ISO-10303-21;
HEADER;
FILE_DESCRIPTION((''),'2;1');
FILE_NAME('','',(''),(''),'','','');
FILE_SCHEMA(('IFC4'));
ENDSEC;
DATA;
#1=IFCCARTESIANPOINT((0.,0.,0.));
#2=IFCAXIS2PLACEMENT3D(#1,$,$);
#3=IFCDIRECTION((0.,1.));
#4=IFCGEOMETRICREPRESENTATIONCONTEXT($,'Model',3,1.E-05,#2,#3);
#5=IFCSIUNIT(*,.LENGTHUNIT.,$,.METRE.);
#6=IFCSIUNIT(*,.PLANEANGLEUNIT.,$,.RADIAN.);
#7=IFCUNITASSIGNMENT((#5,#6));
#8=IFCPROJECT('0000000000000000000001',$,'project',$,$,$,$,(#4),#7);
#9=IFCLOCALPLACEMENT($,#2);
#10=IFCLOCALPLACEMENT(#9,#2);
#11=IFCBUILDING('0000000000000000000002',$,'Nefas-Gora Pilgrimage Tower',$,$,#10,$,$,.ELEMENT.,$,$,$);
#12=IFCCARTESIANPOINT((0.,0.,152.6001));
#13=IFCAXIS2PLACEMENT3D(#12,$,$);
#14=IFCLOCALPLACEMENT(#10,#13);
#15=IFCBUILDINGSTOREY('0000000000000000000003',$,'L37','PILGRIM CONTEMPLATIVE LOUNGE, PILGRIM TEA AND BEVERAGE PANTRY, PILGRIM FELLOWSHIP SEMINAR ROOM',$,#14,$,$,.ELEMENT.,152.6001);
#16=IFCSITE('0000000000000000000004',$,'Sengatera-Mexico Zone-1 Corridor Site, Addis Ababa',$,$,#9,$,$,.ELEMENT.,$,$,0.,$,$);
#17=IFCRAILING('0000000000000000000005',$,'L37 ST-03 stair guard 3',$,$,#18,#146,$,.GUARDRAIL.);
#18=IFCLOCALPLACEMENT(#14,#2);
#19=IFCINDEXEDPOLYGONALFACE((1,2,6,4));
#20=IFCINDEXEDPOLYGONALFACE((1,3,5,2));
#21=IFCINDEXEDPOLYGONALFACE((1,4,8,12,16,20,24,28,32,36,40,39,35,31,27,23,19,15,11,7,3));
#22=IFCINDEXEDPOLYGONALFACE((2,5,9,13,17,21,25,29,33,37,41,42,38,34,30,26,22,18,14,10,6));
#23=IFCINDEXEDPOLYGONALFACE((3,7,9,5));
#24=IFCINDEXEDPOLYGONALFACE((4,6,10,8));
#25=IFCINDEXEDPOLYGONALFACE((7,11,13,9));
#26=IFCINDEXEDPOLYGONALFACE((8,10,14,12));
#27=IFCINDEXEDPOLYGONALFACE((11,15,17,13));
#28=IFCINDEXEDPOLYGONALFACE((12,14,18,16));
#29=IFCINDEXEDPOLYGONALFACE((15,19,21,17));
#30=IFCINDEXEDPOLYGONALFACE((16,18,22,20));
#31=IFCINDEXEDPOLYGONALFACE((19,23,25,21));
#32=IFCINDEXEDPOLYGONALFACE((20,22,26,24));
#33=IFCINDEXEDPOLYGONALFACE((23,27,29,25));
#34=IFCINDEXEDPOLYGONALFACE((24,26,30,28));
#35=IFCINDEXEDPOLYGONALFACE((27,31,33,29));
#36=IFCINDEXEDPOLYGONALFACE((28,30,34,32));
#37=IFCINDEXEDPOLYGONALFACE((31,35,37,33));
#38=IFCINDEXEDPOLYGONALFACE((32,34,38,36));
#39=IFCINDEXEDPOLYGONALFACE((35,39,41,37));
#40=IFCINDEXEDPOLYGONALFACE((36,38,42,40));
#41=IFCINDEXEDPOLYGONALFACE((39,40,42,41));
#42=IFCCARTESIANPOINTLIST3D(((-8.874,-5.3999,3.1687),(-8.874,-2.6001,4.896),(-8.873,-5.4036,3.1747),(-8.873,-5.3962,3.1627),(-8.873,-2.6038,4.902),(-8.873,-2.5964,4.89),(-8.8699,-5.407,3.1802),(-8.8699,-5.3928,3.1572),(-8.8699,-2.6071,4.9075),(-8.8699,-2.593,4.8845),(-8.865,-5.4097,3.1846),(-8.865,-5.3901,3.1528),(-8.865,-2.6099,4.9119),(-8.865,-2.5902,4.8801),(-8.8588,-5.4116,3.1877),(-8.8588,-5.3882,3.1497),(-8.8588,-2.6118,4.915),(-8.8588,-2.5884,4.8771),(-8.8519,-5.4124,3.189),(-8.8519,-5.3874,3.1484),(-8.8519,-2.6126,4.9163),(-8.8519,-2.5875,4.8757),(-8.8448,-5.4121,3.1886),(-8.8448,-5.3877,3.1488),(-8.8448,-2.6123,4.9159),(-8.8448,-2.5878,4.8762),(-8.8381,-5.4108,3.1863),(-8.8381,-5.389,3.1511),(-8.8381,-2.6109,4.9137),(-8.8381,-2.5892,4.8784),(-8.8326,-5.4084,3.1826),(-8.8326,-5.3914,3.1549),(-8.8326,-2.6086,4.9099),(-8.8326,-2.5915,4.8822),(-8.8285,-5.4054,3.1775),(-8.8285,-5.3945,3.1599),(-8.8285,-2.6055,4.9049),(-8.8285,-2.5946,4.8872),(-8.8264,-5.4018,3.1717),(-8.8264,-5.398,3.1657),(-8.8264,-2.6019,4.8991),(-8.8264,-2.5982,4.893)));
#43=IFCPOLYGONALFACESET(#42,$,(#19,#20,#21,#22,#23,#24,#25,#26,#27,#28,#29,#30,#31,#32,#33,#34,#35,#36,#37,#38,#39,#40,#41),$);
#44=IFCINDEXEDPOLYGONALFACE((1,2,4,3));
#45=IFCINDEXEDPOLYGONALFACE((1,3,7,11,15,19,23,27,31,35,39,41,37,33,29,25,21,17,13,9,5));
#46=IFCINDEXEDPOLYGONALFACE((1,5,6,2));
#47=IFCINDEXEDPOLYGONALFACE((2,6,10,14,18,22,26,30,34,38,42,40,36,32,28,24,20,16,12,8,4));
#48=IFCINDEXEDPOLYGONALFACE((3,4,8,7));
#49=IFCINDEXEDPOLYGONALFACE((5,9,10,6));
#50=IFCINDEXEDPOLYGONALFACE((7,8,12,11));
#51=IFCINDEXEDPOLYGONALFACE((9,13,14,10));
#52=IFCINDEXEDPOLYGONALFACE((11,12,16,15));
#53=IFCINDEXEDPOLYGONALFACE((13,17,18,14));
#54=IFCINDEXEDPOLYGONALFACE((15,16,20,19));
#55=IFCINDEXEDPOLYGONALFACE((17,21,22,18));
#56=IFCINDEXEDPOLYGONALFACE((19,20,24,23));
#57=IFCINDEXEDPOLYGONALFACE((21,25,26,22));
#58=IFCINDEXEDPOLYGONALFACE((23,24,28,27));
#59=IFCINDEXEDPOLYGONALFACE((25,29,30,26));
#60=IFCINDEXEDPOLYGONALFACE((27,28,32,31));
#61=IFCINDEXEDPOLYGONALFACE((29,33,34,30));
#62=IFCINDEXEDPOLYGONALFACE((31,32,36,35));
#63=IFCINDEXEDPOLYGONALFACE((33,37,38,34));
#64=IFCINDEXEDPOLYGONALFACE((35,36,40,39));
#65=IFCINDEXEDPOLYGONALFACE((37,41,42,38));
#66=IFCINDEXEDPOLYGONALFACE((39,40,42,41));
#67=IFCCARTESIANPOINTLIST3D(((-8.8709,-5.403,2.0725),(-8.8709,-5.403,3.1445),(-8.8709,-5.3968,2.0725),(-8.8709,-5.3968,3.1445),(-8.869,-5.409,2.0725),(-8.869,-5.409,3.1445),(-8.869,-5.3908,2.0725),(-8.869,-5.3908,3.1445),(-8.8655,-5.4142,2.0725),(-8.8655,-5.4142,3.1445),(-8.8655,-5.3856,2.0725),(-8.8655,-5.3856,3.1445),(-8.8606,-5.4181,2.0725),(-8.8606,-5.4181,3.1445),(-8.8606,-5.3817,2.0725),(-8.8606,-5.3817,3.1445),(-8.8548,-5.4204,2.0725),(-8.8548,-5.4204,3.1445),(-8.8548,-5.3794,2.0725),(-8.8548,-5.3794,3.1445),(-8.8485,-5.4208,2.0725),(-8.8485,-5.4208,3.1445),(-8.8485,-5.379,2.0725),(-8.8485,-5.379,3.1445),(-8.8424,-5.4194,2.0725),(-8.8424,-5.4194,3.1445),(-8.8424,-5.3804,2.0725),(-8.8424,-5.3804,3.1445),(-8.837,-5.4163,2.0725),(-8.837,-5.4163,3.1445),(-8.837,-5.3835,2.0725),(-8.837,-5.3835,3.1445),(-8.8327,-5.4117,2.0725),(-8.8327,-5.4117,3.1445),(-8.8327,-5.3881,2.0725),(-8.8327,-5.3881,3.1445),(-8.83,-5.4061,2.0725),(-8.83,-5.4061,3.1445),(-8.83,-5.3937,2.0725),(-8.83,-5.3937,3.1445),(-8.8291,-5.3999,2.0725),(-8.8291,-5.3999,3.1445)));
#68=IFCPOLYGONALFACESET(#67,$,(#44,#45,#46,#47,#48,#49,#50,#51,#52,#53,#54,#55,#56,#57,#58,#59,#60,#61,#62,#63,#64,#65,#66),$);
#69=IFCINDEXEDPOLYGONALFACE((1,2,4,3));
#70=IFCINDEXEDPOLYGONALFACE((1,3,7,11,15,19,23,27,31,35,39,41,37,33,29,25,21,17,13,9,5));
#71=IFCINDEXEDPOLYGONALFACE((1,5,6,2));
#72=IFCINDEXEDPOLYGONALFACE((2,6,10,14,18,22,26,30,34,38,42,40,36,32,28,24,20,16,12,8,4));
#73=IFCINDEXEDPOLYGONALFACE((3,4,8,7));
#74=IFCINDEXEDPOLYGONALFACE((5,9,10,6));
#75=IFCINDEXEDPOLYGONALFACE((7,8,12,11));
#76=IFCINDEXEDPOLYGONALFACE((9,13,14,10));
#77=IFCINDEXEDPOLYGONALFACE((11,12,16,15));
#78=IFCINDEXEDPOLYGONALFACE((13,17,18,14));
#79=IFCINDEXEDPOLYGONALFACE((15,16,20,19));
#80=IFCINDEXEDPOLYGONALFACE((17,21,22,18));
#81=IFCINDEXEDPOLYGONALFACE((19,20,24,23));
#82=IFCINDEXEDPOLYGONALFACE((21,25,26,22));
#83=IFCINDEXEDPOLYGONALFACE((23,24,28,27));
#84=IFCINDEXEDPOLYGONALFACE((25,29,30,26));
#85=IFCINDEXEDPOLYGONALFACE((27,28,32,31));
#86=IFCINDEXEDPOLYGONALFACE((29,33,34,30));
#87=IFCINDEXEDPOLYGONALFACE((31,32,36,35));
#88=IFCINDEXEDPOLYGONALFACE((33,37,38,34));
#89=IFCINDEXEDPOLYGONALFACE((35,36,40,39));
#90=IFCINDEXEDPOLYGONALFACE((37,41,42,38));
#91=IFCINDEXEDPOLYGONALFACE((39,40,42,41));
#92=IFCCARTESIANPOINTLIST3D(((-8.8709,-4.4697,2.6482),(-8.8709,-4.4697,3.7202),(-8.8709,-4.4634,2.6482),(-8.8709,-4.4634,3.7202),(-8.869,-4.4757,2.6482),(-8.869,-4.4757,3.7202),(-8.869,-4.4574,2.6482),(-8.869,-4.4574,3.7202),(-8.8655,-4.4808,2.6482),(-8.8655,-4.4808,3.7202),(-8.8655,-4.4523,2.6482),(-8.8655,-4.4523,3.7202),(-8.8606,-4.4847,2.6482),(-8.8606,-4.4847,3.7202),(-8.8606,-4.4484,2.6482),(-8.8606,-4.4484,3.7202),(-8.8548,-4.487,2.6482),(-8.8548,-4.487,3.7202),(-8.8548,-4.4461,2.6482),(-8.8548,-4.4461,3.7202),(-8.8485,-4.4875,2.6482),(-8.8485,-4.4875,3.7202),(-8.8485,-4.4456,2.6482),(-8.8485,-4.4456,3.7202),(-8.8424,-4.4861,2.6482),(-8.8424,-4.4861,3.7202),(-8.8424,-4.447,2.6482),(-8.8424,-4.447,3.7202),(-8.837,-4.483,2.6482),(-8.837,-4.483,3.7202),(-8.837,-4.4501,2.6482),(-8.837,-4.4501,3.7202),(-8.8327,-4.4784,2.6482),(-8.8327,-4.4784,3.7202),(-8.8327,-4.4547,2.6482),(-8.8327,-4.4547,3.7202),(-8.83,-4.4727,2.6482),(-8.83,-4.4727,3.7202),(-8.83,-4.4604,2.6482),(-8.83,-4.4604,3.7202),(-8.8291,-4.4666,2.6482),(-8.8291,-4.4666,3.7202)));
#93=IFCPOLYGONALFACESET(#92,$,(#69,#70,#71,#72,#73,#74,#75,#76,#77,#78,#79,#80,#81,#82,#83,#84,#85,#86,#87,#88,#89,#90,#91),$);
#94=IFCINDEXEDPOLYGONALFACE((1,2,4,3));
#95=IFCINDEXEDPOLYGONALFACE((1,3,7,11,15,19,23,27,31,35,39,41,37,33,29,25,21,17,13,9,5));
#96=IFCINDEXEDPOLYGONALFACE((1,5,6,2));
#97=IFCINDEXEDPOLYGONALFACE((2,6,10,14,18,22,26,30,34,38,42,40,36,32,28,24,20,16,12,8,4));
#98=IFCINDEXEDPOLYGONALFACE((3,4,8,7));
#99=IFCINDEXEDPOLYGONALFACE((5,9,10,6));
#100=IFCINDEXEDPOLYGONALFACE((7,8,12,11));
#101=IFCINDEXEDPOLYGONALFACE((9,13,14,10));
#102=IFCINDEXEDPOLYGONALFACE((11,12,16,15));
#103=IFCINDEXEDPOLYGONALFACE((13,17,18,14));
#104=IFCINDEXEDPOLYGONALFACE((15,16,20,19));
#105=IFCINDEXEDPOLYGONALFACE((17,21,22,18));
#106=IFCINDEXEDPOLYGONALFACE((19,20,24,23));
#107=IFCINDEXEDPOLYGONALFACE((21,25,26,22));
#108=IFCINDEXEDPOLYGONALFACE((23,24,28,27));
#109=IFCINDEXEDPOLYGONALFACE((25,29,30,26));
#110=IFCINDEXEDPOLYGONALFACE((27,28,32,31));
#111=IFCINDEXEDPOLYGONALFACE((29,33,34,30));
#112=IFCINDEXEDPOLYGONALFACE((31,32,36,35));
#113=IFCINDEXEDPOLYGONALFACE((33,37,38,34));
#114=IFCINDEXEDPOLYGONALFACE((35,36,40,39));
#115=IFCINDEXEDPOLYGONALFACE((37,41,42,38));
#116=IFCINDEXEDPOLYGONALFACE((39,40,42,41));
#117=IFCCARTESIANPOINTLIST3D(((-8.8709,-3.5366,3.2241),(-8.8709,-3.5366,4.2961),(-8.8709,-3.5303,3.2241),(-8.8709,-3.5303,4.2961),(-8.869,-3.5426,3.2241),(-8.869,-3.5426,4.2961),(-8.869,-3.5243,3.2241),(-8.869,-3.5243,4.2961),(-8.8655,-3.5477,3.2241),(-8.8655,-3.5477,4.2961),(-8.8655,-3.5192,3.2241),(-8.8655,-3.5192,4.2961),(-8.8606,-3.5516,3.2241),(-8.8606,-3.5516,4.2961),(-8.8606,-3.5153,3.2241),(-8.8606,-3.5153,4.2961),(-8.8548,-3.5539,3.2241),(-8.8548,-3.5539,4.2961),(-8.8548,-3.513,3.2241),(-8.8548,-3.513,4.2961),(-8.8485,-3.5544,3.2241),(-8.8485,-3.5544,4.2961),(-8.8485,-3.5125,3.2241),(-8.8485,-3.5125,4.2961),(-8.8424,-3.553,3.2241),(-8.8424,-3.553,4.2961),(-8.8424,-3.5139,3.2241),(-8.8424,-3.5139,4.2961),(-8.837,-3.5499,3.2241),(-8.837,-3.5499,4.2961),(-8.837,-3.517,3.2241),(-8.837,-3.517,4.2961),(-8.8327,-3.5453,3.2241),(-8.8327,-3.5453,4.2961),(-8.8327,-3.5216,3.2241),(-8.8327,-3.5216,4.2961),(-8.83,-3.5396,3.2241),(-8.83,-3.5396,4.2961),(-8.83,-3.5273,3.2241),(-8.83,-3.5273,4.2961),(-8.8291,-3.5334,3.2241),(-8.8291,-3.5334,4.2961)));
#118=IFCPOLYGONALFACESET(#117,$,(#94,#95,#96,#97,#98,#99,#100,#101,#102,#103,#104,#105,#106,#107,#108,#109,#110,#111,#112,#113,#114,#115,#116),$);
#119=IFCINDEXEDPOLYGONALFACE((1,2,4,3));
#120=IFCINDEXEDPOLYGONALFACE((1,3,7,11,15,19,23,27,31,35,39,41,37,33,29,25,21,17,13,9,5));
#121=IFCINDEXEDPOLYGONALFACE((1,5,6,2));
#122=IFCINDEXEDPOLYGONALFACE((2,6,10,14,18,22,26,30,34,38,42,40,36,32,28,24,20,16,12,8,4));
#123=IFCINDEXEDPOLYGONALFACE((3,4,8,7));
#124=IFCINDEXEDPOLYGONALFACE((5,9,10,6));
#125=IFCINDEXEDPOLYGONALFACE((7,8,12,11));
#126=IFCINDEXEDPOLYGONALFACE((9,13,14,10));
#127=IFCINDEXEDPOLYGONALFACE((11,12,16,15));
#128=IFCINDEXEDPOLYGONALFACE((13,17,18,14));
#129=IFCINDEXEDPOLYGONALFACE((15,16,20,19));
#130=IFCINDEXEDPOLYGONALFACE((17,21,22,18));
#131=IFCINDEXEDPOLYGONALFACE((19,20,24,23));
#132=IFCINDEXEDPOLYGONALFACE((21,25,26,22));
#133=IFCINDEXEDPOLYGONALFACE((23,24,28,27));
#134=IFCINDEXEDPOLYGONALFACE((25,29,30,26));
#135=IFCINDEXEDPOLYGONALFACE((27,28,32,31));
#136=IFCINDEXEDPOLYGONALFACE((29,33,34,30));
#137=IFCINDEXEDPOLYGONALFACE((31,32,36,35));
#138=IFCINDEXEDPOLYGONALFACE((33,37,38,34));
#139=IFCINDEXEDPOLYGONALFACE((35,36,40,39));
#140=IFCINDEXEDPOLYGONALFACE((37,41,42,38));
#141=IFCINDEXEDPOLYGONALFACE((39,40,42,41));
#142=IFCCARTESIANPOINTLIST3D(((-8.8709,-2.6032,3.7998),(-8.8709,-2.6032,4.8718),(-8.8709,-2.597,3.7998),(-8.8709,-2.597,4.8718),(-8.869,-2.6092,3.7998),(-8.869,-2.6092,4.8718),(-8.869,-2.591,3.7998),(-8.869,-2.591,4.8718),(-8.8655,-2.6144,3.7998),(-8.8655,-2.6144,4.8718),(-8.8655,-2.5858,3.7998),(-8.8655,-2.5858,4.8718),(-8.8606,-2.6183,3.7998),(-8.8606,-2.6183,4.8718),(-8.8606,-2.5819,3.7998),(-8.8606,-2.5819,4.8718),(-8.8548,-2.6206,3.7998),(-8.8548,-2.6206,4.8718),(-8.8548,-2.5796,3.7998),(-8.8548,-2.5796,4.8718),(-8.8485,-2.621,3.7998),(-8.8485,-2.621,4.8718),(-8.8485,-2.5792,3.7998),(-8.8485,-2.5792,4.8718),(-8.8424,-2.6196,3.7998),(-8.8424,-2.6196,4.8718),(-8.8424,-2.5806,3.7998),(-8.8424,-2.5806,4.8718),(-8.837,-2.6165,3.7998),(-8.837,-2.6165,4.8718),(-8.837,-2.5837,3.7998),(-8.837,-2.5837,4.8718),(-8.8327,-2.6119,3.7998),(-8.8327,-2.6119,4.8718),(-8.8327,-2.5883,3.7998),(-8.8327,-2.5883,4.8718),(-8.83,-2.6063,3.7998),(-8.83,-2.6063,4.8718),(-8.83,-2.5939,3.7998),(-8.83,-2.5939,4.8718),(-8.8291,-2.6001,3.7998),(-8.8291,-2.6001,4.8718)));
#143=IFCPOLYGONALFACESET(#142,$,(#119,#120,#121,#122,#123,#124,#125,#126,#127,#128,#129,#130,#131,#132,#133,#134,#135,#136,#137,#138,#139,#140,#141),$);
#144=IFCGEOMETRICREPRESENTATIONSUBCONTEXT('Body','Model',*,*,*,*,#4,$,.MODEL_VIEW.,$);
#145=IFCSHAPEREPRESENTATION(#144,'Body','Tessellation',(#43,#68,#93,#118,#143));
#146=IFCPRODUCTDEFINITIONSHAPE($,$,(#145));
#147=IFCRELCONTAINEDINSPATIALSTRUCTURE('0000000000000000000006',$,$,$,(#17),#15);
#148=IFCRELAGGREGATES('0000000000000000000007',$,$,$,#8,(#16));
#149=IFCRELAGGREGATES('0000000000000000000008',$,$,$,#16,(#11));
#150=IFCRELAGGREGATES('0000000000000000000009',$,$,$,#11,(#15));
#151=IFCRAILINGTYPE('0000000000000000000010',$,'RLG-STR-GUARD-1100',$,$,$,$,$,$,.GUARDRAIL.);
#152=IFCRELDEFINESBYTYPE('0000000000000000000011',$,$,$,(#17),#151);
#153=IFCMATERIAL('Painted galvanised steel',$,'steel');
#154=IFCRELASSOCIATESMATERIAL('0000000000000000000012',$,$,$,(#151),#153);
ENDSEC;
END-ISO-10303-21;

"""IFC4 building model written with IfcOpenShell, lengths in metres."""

from ifc_helpers import new_model, si_unit, direction, frame, origin, origin_2d, place, context, subcontext, project, spatial, circle, extrude, material, type_object, element, save


model = new_model("IFC4")

# Units and contexts
model_context = context("Model", 3, precision=1e-05, world=origin(), true_north=direction((0.0, 1.0)))
body_context = subcontext(model_context, "Body", "Model", "MODEL_VIEW")
ifc_project = project(units=[si_unit("LENGTHUNIT", "METRE"), si_unit("PLANEANGLEUNIT", "RADIAN")], contexts=[model_context])

# Site, building, storey
site_placement = place(None, origin())
site = spatial("IfcSite", under=ifc_project, at=site_placement, Name="Sengatera-Mexico Zone-1 Corridor Site, Addis Ababa", CompositionType="ELEMENT", RefElevation=0.0)
building_placement = place(site_placement, origin())
building = spatial("IfcBuilding", under=site, at=building_placement, Name="Nefas-Gora Pilgrimage Tower", CompositionType="ELEMENT")
storey_placement = place(building_placement, frame((0.0, 0.0, 152.6001)))
storey = spatial("IfcBuildingStorey", under=building, at=storey_placement, Name="L37", Description="PILGRIM CONTEMPLATIVE LOUNGE, PILGRIM TEA AND BEVERAGE PANTRY, PILGRIM FELLOWSHIP SEMINAR ROOM", CompositionType="ELEMENT", Elevation=152.6001)

# Railing
ifc_material_1 = material(Name="Painted galvanised steel", Category="steel")
railing_type_1 = type_object("IfcRailingType", Name="RLG-STR-GUARD-1100", PredefinedType="GUARDRAIL", material=ifc_material_1)
railing_1_placement = place(storey_placement, frame((-8.8501, -5.3999, 2.0725)))
element("IfcRailing", 1, at=railing_1_placement, inside=storey, type_object=railing_type_1, Name="L37 ST-03 stair guard 3", PredefinedType="GUARDRAIL", context=body_context, shape_type="SweptSolid", body=[
    extrude(circle(Radius=0.0239, at=origin_2d()), frame((0.0, 0.0, 1.0962), z_axis=(0.0, 0.851069, 0.525054), x_axis=(-1.0, 0.0, 0.0)), (0.0, 0.0, 1.0), 3.2898),
    extrude(circle(Radius=0.021, at=origin_2d()), origin(), (0.0, 0.0, 1.0), 1.072),
    extrude(circle(Radius=0.021, at=origin_2d()), frame((0.0, 0.9333, 0.5757)), (0.0, 0.0, 1.0), 1.072),
    extrude(circle(Radius=0.021, at=origin_2d()), frame((0.0, 1.8665, 1.1516)), (0.0, 0.0, 1.0), 1.072),
    extrude(circle(Radius=0.021, at=origin_2d()), frame((0.0, 2.7998, 1.7273)), (0.0, 0.0, 1.0), 1.072),
])

save(model, "model.ifc")
